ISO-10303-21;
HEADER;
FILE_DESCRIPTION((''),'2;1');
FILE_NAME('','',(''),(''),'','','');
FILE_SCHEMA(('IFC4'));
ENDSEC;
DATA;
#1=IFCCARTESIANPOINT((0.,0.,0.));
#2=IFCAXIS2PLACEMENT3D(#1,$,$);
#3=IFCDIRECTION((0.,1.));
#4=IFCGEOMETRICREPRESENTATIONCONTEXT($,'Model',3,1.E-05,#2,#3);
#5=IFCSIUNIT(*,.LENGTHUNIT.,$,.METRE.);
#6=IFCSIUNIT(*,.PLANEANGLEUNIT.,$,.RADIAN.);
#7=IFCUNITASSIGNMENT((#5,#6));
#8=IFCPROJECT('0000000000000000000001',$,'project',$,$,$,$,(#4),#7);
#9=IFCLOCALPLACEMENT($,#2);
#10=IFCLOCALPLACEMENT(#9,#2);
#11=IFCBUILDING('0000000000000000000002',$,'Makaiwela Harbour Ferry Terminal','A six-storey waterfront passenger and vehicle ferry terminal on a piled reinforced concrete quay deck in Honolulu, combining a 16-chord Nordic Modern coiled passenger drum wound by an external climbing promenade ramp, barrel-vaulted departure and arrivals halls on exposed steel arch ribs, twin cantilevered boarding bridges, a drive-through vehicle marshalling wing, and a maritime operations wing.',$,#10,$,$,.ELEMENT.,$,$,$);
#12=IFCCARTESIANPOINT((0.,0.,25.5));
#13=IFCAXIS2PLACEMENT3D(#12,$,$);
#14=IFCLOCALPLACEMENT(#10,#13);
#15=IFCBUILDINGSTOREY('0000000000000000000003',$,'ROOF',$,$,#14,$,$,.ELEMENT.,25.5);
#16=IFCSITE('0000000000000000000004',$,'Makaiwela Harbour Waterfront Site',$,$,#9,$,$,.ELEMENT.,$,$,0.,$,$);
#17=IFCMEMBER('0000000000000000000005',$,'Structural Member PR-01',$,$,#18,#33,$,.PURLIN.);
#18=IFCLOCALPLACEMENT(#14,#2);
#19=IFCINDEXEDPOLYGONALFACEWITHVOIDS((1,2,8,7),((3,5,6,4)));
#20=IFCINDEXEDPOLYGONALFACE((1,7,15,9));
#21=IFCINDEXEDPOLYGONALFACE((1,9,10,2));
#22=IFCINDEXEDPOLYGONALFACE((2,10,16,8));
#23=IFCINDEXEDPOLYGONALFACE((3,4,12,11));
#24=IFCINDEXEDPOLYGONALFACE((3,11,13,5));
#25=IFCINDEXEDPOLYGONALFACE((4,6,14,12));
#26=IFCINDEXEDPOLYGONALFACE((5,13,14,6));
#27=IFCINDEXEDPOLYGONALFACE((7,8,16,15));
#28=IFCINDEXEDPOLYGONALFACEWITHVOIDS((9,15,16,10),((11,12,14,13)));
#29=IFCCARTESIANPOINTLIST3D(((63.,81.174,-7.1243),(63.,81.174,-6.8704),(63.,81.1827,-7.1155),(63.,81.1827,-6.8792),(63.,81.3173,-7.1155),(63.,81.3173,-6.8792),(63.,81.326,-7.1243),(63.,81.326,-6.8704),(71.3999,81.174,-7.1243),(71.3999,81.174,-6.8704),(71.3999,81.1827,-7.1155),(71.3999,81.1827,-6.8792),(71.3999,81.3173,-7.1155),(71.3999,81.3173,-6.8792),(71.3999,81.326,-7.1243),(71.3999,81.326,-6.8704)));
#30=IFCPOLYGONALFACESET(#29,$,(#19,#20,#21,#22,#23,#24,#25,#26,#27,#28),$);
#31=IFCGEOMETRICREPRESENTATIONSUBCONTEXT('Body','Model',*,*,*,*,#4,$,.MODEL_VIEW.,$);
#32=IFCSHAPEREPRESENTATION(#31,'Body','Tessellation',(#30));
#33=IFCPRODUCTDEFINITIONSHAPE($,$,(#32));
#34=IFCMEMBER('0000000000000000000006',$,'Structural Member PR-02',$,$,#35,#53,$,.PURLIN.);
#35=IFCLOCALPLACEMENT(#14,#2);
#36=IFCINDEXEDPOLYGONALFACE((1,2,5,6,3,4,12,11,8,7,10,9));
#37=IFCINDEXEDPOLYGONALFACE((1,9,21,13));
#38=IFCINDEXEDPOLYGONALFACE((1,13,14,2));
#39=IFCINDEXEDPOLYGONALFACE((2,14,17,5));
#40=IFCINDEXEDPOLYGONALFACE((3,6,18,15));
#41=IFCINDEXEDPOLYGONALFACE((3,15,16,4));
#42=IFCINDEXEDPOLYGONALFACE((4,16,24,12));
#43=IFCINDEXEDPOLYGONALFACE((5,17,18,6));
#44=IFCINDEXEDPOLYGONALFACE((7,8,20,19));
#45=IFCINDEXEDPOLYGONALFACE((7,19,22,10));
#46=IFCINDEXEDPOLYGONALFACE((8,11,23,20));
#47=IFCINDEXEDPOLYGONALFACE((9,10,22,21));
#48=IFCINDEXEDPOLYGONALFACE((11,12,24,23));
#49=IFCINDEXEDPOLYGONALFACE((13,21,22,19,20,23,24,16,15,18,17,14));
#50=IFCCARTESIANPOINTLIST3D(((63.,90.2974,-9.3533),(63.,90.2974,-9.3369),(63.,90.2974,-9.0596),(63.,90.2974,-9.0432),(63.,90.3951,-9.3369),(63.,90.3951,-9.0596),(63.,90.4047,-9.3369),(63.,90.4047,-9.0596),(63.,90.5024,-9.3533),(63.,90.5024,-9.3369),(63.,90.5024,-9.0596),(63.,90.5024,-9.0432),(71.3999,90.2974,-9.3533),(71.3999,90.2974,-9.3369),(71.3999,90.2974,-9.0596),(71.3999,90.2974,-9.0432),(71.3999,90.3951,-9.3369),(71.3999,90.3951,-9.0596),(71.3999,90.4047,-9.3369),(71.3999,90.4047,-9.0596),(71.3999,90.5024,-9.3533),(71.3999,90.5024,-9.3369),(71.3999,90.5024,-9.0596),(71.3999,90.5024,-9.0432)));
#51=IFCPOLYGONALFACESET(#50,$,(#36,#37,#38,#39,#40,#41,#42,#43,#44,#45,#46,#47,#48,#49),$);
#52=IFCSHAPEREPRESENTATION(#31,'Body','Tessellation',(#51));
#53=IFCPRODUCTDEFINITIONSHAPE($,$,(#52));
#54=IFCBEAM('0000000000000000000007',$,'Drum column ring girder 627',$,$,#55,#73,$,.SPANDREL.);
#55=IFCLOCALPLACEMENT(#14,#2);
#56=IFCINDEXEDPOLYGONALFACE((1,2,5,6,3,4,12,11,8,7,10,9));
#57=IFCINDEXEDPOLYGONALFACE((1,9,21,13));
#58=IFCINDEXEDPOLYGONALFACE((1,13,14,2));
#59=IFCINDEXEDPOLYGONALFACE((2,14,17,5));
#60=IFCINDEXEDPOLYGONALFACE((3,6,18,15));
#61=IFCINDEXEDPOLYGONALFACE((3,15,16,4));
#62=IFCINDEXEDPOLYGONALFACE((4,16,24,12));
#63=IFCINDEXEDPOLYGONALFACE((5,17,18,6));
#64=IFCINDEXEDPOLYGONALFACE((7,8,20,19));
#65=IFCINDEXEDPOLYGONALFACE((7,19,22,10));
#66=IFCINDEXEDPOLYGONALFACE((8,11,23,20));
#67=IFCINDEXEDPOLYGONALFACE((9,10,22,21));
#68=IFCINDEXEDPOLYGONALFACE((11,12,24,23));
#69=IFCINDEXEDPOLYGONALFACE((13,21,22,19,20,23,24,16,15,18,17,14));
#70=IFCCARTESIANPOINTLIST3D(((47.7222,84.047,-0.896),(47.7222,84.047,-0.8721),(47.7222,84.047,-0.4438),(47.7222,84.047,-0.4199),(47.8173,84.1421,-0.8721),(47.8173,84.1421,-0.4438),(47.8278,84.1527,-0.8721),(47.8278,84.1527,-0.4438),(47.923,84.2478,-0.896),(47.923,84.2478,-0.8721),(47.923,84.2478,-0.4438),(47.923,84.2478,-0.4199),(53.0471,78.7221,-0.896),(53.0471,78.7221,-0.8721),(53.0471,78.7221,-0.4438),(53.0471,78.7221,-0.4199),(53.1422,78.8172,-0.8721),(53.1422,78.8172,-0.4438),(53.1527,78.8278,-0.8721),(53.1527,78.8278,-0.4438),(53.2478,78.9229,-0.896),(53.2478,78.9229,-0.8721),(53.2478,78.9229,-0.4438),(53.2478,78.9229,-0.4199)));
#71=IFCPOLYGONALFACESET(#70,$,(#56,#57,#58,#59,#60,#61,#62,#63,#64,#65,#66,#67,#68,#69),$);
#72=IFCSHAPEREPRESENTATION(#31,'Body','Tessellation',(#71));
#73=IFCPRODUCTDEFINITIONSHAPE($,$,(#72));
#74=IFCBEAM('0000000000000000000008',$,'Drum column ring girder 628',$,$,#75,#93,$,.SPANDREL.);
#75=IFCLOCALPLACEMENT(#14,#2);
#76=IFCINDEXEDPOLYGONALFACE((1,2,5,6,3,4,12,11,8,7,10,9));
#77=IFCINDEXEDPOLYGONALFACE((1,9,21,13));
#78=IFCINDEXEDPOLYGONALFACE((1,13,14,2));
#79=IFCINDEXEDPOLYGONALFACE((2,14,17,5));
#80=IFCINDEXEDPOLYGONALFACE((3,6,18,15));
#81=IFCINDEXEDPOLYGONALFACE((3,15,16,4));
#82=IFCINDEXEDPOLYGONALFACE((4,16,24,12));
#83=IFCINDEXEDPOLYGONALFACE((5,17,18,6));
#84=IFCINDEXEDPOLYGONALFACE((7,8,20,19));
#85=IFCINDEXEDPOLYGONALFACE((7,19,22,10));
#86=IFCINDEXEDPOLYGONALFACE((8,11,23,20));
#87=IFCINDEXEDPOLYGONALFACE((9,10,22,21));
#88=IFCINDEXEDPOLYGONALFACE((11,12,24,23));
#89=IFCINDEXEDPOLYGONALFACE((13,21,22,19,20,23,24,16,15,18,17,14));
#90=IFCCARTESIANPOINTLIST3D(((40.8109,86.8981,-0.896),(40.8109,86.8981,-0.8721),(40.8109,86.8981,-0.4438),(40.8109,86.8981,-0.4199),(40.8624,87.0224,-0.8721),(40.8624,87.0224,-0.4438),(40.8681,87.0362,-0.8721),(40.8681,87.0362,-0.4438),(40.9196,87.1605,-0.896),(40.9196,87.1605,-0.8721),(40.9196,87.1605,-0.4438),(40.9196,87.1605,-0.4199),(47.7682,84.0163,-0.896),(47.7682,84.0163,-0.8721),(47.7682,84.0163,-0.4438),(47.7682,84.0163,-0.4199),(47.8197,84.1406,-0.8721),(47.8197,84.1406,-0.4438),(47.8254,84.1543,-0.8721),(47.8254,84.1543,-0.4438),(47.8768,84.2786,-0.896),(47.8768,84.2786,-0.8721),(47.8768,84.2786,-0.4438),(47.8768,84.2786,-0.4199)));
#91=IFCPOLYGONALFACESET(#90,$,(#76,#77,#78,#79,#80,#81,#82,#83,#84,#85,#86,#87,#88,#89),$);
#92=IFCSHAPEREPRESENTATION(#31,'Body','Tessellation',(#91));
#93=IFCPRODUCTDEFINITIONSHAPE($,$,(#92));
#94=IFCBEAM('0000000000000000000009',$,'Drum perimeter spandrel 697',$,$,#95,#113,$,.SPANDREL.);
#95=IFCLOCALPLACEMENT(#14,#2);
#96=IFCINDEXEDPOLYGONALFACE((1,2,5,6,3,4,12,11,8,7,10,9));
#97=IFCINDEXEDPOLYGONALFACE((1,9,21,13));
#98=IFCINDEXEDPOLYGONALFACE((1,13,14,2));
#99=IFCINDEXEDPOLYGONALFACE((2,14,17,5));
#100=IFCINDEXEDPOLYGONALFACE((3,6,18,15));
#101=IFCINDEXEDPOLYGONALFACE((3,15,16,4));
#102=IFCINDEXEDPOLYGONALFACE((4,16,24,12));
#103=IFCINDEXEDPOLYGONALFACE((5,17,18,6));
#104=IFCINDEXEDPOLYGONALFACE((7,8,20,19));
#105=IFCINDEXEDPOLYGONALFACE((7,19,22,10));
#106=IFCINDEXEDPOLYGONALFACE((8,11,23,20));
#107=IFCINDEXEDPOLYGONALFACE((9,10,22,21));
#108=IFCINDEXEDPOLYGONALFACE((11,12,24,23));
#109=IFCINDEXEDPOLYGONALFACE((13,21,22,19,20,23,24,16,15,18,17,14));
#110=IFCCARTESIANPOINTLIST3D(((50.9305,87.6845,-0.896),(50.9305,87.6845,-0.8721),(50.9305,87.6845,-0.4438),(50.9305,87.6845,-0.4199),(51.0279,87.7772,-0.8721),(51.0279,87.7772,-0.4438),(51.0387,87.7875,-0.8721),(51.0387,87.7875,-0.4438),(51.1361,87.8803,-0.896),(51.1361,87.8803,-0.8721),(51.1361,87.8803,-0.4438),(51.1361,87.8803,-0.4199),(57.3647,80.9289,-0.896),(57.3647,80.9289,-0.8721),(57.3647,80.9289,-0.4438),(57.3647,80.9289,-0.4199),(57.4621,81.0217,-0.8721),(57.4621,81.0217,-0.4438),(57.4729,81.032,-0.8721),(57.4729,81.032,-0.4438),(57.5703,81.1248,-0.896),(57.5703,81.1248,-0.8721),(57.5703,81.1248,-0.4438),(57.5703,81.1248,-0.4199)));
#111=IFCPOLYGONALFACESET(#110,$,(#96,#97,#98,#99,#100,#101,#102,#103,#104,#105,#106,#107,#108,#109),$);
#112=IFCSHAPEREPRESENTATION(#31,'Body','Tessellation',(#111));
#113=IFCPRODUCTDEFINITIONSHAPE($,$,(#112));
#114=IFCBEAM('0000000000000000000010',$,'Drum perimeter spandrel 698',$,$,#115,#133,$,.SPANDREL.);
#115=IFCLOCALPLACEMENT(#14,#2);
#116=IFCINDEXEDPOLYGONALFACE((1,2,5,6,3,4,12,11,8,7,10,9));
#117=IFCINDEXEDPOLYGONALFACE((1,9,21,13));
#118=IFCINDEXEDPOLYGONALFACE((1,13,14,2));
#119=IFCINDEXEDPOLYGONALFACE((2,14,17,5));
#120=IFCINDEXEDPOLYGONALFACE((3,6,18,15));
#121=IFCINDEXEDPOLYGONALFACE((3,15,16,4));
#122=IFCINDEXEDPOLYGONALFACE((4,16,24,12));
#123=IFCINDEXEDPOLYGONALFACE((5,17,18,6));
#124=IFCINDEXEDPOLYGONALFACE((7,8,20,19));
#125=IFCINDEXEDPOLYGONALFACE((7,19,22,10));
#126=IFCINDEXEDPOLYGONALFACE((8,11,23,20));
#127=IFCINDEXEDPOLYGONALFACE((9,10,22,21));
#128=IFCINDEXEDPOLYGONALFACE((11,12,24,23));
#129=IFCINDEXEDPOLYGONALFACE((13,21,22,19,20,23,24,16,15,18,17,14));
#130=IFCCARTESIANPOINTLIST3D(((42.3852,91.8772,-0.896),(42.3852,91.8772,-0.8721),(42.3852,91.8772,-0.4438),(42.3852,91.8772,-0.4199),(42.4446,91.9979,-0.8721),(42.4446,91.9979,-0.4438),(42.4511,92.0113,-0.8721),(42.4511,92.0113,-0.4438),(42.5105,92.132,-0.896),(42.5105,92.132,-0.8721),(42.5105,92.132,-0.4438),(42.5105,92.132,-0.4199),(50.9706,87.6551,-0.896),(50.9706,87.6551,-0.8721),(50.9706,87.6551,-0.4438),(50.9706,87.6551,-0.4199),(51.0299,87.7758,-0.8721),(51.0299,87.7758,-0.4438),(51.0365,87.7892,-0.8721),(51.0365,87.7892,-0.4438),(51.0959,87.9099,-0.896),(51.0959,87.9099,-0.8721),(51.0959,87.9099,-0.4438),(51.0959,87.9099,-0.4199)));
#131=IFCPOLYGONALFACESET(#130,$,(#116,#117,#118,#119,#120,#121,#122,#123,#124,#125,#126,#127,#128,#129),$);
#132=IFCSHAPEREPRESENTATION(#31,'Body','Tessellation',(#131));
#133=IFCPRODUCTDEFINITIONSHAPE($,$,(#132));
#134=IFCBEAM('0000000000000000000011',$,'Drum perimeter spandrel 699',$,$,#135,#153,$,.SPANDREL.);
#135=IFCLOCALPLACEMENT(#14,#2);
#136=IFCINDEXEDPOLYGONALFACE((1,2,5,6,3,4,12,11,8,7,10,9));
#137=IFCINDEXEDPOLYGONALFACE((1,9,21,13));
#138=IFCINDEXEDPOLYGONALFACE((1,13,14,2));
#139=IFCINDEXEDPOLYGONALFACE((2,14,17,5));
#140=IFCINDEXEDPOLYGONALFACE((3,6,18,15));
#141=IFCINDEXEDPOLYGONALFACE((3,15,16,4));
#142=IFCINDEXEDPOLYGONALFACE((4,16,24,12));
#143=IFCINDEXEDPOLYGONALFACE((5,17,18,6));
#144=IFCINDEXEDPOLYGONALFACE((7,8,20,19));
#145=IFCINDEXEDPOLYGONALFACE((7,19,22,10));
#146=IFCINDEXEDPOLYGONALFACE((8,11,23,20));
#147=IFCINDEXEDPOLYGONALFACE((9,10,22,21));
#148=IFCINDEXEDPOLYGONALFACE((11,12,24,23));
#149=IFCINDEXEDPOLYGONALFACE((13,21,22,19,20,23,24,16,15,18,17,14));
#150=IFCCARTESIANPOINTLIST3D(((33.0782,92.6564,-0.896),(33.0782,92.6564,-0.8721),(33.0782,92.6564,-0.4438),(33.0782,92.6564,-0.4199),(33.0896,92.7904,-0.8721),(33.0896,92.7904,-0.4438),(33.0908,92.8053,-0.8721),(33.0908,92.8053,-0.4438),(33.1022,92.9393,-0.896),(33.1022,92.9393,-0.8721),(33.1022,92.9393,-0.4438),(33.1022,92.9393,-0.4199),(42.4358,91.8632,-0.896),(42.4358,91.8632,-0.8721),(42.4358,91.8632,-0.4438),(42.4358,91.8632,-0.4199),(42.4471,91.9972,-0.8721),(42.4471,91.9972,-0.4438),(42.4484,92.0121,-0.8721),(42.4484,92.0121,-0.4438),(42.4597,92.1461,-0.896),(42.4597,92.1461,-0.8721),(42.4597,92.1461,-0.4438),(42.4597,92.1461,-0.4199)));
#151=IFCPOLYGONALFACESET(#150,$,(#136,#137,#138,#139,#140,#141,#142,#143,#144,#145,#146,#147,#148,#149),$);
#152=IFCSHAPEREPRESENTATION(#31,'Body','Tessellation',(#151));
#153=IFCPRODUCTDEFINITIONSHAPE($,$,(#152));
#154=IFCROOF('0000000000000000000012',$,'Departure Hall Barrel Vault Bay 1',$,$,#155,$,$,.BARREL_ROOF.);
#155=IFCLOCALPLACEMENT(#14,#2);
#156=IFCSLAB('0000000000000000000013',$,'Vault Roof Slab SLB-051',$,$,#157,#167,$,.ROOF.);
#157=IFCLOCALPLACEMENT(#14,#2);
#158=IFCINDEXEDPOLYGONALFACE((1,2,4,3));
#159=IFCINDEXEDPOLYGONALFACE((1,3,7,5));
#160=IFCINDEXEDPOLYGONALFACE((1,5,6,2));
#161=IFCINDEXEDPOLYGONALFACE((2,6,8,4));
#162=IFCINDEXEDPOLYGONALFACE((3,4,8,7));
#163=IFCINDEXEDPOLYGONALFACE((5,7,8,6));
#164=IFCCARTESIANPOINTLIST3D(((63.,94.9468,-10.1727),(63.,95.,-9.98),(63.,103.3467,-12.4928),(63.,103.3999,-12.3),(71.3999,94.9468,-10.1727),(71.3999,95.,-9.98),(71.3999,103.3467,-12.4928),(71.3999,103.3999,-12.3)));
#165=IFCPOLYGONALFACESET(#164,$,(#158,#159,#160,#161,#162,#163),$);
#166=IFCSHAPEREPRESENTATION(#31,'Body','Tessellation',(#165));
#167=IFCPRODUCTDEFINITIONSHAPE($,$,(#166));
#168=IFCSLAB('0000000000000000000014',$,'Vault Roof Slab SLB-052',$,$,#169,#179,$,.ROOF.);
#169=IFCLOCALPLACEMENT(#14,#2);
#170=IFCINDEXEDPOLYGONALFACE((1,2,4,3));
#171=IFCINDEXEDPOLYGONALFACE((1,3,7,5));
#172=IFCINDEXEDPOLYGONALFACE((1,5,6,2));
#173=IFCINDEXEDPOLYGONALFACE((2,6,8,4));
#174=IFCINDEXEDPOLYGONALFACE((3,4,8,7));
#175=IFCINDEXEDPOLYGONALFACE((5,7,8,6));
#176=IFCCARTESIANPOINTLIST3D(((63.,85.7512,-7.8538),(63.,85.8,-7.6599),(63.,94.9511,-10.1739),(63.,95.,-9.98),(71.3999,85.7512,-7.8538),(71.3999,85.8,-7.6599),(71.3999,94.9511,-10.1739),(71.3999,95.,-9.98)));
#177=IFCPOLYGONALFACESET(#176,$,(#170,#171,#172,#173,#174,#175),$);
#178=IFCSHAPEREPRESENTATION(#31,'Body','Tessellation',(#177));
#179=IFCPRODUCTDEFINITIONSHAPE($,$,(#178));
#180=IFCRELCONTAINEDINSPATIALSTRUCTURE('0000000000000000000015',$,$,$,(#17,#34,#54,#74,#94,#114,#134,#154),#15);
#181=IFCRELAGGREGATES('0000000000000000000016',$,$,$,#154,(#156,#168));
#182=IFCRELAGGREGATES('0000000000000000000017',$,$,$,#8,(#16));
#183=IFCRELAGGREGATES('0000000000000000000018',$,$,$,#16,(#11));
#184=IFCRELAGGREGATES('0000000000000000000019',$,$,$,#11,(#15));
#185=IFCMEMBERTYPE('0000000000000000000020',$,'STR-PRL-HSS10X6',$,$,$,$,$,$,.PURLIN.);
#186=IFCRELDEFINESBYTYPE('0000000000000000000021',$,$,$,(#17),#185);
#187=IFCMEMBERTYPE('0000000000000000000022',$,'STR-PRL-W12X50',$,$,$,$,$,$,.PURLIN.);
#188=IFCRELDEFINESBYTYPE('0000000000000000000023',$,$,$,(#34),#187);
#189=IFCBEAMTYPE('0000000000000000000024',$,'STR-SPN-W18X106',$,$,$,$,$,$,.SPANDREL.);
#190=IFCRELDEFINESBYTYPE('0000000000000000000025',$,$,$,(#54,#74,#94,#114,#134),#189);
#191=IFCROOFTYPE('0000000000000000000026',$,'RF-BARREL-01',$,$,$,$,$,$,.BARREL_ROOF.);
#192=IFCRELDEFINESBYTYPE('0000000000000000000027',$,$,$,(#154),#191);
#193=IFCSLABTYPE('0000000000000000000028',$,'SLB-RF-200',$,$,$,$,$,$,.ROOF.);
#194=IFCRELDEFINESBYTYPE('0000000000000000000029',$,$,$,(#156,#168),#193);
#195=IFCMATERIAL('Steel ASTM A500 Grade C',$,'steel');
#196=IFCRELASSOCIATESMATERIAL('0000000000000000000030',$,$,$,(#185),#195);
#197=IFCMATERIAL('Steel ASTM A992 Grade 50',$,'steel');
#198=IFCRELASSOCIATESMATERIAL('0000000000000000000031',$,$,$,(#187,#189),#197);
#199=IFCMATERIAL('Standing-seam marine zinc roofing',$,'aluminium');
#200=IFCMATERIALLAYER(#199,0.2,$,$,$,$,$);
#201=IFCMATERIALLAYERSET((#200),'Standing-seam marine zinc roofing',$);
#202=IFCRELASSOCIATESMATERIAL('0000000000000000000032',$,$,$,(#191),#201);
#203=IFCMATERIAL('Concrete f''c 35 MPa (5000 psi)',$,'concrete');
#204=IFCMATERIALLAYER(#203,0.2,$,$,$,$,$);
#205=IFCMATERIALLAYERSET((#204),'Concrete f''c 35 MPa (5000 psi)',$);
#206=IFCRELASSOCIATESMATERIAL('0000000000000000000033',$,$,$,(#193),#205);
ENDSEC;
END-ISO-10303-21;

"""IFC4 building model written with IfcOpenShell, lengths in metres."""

from ifc_helpers import new_model, si_unit, direction, frame, origin, origin_2d, place, context, subcontext, project, spatial, polyline, hollow_rectangle, i_section, outline, extrude, material, layer, layer_set, material_profile, profile_set, type_object, element, aggregate, save


model = new_model("IFC4")

# Units and contexts
model_context = context("Model", 3, precision=1e-05, world=origin(), true_north=direction((0.0, 1.0)))
body_context = subcontext(model_context, "Body", "Model", "MODEL_VIEW")
ifc_project = project(units=[si_unit("LENGTHUNIT", "METRE"), si_unit("PLANEANGLEUNIT", "RADIAN")], contexts=[model_context])

# Site, building, storey
site_placement = place(None, origin())
site = spatial("IfcSite", under=ifc_project, at=site_placement, Name="Makaiwela Harbour Waterfront Site", CompositionType="ELEMENT", RefElevation=0.0)
building_placement = place(site_placement, origin())
building = spatial("IfcBuilding", under=site, at=building_placement, Name="Makaiwela Harbour Ferry Terminal", Description="A six-storey waterfront passenger and vehicle ferry terminal on a piled reinforced concrete quay deck in Honolulu, combining a 16-chord Nordic Modern coiled passenger drum wound by an external climbing promenade ramp, barrel-vaulted departure and arrivals halls on exposed steel arch ribs, twin cantilevered boarding bridges, a drive-through vehicle marshalling wing, and a maritime operations wing.", CompositionType="ELEMENT")
storey_placement = place(building_placement, frame((0.0, 0.0, 25.5)))
storey = spatial("IfcBuildingStorey", under=building, at=storey_placement, Name="ROOF", CompositionType="ELEMENT", Elevation=25.5)

# Shared definitions
ifc_material_1 = material(Name="Steel ASTM A992 Grade 50", Category="steel")

# Shared definitions
ifc_material_2 = material(Name="Steel ASTM A500 Grade C", Category="steel")

# Members
ifc_material_profile_1 = material_profile(ifc_material_2, hollow_rectangle(XDim=0.1521, YDim=0.2539, WallThickness=0.0088, at=origin_2d()), Name="HSS10X6X3/8")
ifc_profile_set_1 = profile_set([ifc_material_profile_1], Name="Steel ASTM A500 Grade C")
member_type_1 = type_object("IfcMemberType", Name="STR-PRL-HSS10X6", PredefinedType="PURLIN", material=ifc_profile_set_1)
for number, where, z_axis, x_axis, name in (
    (1, (63.0, 81.25, -6.9973), (1.0, 0.0, 0.0), (0.0, 1.0, 0.0), "Structural Member PR-01"),
):
    element("IfcMember", number, at=place(storey_placement, frame(where, z_axis=z_axis, x_axis=x_axis)), inside=storey, type_object=member_type_1, Name=name, PredefinedType="PURLIN", context=body_context, shape_type="SweptSolid", body=[
        extrude(hollow_rectangle(XDim=0.1521, YDim=0.2539, WallThickness=0.0088, at=origin_2d()), origin(), (0.0, 0.0, 1.0), 8.3999),
    ])
ifc_material_profile_2 = material_profile(ifc_material_1, i_section(OverallWidth=0.2051, OverallDepth=0.3101, WebThickness=0.0095, FlangeThickness=0.0164, at=origin_2d()), Name="W12X50")
ifc_profile_set_2 = profile_set([ifc_material_profile_2], Name="Steel ASTM A992 Grade 50")
member_type_2 = type_object("IfcMemberType", Name="STR-PRL-W12X50", PredefinedType="PURLIN", material=ifc_profile_set_2)
member_1_placement = place(storey_placement, frame((63.0, 90.3999, -9.1982), z_axis=(1.0, 0.0, 0.0), x_axis=(0.0, 1.0, 0.0)))
element("IfcMember", 2, at=member_1_placement, inside=storey, type_object=member_type_2, Name="Structural Member PR-02", PredefinedType="PURLIN", context=body_context, shape_type="SweptSolid", body=[
    extrude(i_section(OverallWidth=0.2051, OverallDepth=0.3101, WebThickness=0.0095, FlangeThickness=0.0164, at=origin_2d()), origin(), (0.0, 0.0, 1.0), 8.3999),
])

# Beams
ifc_material_profile_3 = material_profile(ifc_material_1, i_section(OverallWidth=0.2839, OverallDepth=0.4761, WebThickness=0.0149, FlangeThickness=0.0239, at=origin_2d()), Name="W18X106")
ifc_profile_set_3 = profile_set([ifc_material_profile_3], Name="Steel ASTM A992 Grade 50")
beam_type_1 = type_object("IfcBeamType", Name="STR-SPN-W18X106", PredefinedType="SPANDREL", material=ifc_profile_set_3)
for number, where, z_axis, x_axis, name in (
    (3, (53.1475, 78.8225, -0.658), (-0.707107, 0.707107, 0.0), (-0.707107, -0.707107, 0.0), "Drum column ring girder 627"),
    (4, (47.8225, 84.1475, -0.658), (-0.923878, 0.382688, 0.0), (-0.382688, -0.923878, 0.0), "Drum column ring girder 628"),
):
    element("IfcBeam", number, at=place(storey_placement, frame(where, z_axis=z_axis, x_axis=x_axis)), inside=storey, type_object=beam_type_1, Name=name, PredefinedType="SPANDREL", context=body_context, shape_type="SweptSolid", body=[
        extrude(i_section(OverallWidth=0.2839, OverallDepth=0.4761, WebThickness=0.0149, FlangeThickness=0.0239, at=origin_2d()), origin(), (0.0, 0.0, 1.0), 7.5305),
    ])
beam_1_placement = place(storey_placement, frame((57.4675, 81.0269, -0.658), z_axis=(-0.689678, 0.724116, 0.0), x_axis=(-0.724116, -0.689678, 0.0)))
element("IfcBeam", 5, at=beam_1_placement, inside=storey, type_object=beam_type_1, Name="Drum perimeter spandrel 697", PredefinedType="SPANDREL", context=body_context, shape_type="SweptSolid", body=[
    extrude(i_section(OverallWidth=0.2839, OverallDepth=0.4761, WebThickness=0.0149, FlangeThickness=0.0239, at=origin_2d()), origin(), (0.0, 0.0, 1.0), 9.3293),
])
beam_2_placement = place(storey_placement, frame((51.0332, 87.7825, -0.658), z_axis=(-0.897358, 0.441304, 0.0), x_axis=(-0.441304, -0.897358, 0.0)))
element("IfcBeam", 6, at=beam_2_placement, inside=storey, type_object=beam_type_1, Name="Drum perimeter spandrel 698", PredefinedType="SPANDREL", context=body_context, shape_type="SweptSolid", body=[
    extrude(i_section(OverallWidth=0.2839, OverallDepth=0.4761, WebThickness=0.0149, FlangeThickness=0.0239, at=origin_2d()), origin(), (0.0, 0.0, 1.0), 9.5674),
])
beam_3_placement = place(storey_placement, frame((42.4478, 92.0046, -0.658), z_axis=(-0.996427, 0.084463, 0.0), x_axis=(-0.084463, -0.996427, 0.0)))
element("IfcBeam", 7, at=beam_3_placement, inside=storey, type_object=beam_type_1, Name="Drum perimeter spandrel 699", PredefinedType="SPANDREL", context=body_context, shape_type="SweptSolid", body=[
    extrude(i_section(OverallWidth=0.2839, OverallDepth=0.4761, WebThickness=0.0149, FlangeThickness=0.0239, at=origin_2d()), origin(), (0.0, 0.0, 1.0), 9.3911),
])

# Roof, slabs
ifc_material_3 = material(Name="Standing-seam marine zinc roofing", Category="aluminium")
ifc_layer_1 = layer(ifc_material_3, 0.2)
ifc_layer_set_1 = layer_set([ifc_layer_1], Name="Standing-seam marine zinc roofing")
roof_type = type_object("IfcRoofType", Name="RF-BARREL-01", PredefinedType="BARREL_ROOF", material=ifc_layer_set_1)
roof_placement = place(storey_placement, origin())
roof = element("IfcRoof", 8, at=roof_placement, inside=storey, type_object=roof_type, Name="Departure Hall Barrel Vault Bay 1", PredefinedType="BARREL_ROOF")
ifc_material_4 = material(Name="Concrete f'c 35 MPa (5000 psi)", Category="concrete")
ifc_layer_2 = layer(ifc_material_4, 0.2)
ifc_layer_set_2 = layer_set([ifc_layer_2], Name="Concrete f'c 35 MPa (5000 psi)")
slab_type = type_object("IfcSlabType", Name="SLB-RF-200", PredefinedType="ROOF", material=ifc_layer_set_2)
slab_1_placement = place(storey_placement, frame((63.0, 95.0, -9.98), z_axis=(0.0, 0.266233, 0.963909), x_axis=(1.0, 0.0, 0.0)))
slab_1 = element("IfcSlab", 9, at=slab_1_placement, type_object=slab_type, Name="Vault Roof Slab SLB-051", PredefinedType="ROOF", context=body_context, shape_type="SweptSolid", body=[
    extrude(outline(polyline([(0.0, 0.0), (8.3999, 0.0), (8.3999, 8.7144), (0.0, 8.7144), (0.0, 0.0)])), origin(), (0.0, 0.0, -1.0), 0.2),
])
slab_2_placement = place(storey_placement, frame((63.0, 85.8, -7.6599), z_axis=(0.0, 0.244527, 0.969642), x_axis=(1.0, 0.0, 0.0)))
slab_2 = element("IfcSlab", 10, at=slab_2_placement, type_object=slab_type, Name="Vault Roof Slab SLB-052", PredefinedType="ROOF", context=body_context, shape_type="SweptSolid", body=[
    extrude(outline(polyline([(0.0, 0.0), (8.3999, 0.0), (8.3999, 9.488), (0.0, 9.488), (0.0, 0.0)])), origin(), (0.0, 0.0, -1.0), 0.2),
])

aggregate(roof, [slab_1, slab_2])

save(model, "model.ifc")
